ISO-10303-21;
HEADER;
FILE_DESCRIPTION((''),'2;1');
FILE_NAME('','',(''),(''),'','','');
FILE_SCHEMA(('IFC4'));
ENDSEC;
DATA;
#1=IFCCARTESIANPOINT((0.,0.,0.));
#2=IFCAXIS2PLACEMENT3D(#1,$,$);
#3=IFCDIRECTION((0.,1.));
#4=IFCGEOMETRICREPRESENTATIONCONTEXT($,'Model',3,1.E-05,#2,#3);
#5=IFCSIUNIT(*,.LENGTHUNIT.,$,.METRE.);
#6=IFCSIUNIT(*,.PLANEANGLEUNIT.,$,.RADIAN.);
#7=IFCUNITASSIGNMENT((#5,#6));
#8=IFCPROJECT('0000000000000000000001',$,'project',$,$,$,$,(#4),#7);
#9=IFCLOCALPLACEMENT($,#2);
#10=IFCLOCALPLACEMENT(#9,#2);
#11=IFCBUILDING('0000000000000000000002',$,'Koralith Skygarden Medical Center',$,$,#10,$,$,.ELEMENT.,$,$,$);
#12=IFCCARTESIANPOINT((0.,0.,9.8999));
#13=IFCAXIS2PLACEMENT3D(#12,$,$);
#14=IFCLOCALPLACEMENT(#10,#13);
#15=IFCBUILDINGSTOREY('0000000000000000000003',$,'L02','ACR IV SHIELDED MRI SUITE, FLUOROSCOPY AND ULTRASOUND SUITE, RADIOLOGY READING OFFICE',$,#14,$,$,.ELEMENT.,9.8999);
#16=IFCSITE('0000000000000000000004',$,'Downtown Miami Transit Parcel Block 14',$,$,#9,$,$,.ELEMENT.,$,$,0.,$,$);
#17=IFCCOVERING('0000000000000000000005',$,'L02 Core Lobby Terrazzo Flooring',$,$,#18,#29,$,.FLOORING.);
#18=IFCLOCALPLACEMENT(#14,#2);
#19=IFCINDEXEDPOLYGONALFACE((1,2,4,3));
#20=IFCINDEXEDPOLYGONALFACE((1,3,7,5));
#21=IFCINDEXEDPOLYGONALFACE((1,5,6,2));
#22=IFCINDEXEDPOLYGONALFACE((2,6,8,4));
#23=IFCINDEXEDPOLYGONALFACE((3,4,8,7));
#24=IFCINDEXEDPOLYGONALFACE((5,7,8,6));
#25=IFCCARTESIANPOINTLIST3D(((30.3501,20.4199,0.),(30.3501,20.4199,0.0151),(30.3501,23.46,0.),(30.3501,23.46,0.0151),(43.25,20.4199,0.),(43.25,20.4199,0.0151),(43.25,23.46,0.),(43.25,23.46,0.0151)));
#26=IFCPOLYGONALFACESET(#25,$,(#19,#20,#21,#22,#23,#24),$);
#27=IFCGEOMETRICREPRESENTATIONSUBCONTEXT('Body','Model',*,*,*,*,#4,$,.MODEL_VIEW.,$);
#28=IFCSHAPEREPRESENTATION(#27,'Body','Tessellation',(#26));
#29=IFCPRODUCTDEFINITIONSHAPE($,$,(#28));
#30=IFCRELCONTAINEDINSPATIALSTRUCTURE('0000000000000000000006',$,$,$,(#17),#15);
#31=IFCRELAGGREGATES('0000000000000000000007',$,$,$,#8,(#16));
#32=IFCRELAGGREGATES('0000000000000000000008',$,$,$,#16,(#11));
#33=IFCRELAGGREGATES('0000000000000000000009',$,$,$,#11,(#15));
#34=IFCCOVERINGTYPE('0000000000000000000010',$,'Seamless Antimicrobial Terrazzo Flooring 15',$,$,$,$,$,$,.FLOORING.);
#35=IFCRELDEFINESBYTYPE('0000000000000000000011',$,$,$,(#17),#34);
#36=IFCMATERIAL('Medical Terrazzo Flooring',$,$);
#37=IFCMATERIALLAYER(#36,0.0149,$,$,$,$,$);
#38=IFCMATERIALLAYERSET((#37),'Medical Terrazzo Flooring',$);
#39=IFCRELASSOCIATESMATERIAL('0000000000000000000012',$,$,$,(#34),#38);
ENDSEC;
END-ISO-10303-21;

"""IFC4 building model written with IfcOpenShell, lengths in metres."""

from ifc_helpers import new_model, si_unit, direction, frame, origin, place, context, subcontext, project, spatial, polyline, outline, extrude, material, layer, layer_set, type_object, element, save


model = new_model("IFC4")

# Units and contexts
model_context = context("Model", 3, precision=1e-05, world=origin(), true_north=direction((0.0, 1.0)))
body_context = subcontext(model_context, "Body", "Model", "MODEL_VIEW")
ifc_project = project(units=[si_unit("LENGTHUNIT", "METRE"), si_unit("PLANEANGLEUNIT", "RADIAN")], contexts=[model_context])

# Site, building, storey
site_placement = place(None, origin())
site = spatial("IfcSite", under=ifc_project, at=site_placement, Name="Downtown Miami Transit Parcel Block 14", CompositionType="ELEMENT", RefElevation=0.0)
building_placement = place(site_placement, origin())
building = spatial("IfcBuilding", under=site, at=building_placement, Name="Koralith Skygarden Medical Center", CompositionType="ELEMENT")
storey_placement = place(building_placement, frame((0.0, 0.0, 9.8999)))
storey = spatial("IfcBuildingStorey", under=building, at=storey_placement, Name="L02", Description="ACR IV SHIELDED MRI SUITE, FLUOROSCOPY AND ULTRASOUND SUITE, RADIOLOGY READING OFFICE", CompositionType="ELEMENT", Elevation=9.8999)

# Covering
ifc_material_1 = material(Name="Medical Terrazzo Flooring")
ifc_layer_1 = layer(ifc_material_1, 0.0149)
ifc_layer_set_1 = layer_set([ifc_layer_1], Name="Medical Terrazzo Flooring")
covering_type_1 = type_object("IfcCoveringType", Name="Seamless Antimicrobial Terrazzo Flooring 15", PredefinedType="FLOORING", material=ifc_layer_set_1)
covering_1_placement = place(storey_placement, origin())
element("IfcCovering", 1, at=covering_1_placement, inside=storey, type_object=covering_type_1, Name="L02 Core Lobby Terrazzo Flooring", PredefinedType="FLOORING", context=body_context, shape_type="SweptSolid", body=[
    extrude(outline(polyline([(30.3501, 20.4199), (43.25, 20.4199), (43.25, 23.46), (30.3501, 23.46), (30.3501, 20.4199)])), origin(), (0.0, 0.0, 1.0), 0.0151),
])

save(model, "model.ifc")
